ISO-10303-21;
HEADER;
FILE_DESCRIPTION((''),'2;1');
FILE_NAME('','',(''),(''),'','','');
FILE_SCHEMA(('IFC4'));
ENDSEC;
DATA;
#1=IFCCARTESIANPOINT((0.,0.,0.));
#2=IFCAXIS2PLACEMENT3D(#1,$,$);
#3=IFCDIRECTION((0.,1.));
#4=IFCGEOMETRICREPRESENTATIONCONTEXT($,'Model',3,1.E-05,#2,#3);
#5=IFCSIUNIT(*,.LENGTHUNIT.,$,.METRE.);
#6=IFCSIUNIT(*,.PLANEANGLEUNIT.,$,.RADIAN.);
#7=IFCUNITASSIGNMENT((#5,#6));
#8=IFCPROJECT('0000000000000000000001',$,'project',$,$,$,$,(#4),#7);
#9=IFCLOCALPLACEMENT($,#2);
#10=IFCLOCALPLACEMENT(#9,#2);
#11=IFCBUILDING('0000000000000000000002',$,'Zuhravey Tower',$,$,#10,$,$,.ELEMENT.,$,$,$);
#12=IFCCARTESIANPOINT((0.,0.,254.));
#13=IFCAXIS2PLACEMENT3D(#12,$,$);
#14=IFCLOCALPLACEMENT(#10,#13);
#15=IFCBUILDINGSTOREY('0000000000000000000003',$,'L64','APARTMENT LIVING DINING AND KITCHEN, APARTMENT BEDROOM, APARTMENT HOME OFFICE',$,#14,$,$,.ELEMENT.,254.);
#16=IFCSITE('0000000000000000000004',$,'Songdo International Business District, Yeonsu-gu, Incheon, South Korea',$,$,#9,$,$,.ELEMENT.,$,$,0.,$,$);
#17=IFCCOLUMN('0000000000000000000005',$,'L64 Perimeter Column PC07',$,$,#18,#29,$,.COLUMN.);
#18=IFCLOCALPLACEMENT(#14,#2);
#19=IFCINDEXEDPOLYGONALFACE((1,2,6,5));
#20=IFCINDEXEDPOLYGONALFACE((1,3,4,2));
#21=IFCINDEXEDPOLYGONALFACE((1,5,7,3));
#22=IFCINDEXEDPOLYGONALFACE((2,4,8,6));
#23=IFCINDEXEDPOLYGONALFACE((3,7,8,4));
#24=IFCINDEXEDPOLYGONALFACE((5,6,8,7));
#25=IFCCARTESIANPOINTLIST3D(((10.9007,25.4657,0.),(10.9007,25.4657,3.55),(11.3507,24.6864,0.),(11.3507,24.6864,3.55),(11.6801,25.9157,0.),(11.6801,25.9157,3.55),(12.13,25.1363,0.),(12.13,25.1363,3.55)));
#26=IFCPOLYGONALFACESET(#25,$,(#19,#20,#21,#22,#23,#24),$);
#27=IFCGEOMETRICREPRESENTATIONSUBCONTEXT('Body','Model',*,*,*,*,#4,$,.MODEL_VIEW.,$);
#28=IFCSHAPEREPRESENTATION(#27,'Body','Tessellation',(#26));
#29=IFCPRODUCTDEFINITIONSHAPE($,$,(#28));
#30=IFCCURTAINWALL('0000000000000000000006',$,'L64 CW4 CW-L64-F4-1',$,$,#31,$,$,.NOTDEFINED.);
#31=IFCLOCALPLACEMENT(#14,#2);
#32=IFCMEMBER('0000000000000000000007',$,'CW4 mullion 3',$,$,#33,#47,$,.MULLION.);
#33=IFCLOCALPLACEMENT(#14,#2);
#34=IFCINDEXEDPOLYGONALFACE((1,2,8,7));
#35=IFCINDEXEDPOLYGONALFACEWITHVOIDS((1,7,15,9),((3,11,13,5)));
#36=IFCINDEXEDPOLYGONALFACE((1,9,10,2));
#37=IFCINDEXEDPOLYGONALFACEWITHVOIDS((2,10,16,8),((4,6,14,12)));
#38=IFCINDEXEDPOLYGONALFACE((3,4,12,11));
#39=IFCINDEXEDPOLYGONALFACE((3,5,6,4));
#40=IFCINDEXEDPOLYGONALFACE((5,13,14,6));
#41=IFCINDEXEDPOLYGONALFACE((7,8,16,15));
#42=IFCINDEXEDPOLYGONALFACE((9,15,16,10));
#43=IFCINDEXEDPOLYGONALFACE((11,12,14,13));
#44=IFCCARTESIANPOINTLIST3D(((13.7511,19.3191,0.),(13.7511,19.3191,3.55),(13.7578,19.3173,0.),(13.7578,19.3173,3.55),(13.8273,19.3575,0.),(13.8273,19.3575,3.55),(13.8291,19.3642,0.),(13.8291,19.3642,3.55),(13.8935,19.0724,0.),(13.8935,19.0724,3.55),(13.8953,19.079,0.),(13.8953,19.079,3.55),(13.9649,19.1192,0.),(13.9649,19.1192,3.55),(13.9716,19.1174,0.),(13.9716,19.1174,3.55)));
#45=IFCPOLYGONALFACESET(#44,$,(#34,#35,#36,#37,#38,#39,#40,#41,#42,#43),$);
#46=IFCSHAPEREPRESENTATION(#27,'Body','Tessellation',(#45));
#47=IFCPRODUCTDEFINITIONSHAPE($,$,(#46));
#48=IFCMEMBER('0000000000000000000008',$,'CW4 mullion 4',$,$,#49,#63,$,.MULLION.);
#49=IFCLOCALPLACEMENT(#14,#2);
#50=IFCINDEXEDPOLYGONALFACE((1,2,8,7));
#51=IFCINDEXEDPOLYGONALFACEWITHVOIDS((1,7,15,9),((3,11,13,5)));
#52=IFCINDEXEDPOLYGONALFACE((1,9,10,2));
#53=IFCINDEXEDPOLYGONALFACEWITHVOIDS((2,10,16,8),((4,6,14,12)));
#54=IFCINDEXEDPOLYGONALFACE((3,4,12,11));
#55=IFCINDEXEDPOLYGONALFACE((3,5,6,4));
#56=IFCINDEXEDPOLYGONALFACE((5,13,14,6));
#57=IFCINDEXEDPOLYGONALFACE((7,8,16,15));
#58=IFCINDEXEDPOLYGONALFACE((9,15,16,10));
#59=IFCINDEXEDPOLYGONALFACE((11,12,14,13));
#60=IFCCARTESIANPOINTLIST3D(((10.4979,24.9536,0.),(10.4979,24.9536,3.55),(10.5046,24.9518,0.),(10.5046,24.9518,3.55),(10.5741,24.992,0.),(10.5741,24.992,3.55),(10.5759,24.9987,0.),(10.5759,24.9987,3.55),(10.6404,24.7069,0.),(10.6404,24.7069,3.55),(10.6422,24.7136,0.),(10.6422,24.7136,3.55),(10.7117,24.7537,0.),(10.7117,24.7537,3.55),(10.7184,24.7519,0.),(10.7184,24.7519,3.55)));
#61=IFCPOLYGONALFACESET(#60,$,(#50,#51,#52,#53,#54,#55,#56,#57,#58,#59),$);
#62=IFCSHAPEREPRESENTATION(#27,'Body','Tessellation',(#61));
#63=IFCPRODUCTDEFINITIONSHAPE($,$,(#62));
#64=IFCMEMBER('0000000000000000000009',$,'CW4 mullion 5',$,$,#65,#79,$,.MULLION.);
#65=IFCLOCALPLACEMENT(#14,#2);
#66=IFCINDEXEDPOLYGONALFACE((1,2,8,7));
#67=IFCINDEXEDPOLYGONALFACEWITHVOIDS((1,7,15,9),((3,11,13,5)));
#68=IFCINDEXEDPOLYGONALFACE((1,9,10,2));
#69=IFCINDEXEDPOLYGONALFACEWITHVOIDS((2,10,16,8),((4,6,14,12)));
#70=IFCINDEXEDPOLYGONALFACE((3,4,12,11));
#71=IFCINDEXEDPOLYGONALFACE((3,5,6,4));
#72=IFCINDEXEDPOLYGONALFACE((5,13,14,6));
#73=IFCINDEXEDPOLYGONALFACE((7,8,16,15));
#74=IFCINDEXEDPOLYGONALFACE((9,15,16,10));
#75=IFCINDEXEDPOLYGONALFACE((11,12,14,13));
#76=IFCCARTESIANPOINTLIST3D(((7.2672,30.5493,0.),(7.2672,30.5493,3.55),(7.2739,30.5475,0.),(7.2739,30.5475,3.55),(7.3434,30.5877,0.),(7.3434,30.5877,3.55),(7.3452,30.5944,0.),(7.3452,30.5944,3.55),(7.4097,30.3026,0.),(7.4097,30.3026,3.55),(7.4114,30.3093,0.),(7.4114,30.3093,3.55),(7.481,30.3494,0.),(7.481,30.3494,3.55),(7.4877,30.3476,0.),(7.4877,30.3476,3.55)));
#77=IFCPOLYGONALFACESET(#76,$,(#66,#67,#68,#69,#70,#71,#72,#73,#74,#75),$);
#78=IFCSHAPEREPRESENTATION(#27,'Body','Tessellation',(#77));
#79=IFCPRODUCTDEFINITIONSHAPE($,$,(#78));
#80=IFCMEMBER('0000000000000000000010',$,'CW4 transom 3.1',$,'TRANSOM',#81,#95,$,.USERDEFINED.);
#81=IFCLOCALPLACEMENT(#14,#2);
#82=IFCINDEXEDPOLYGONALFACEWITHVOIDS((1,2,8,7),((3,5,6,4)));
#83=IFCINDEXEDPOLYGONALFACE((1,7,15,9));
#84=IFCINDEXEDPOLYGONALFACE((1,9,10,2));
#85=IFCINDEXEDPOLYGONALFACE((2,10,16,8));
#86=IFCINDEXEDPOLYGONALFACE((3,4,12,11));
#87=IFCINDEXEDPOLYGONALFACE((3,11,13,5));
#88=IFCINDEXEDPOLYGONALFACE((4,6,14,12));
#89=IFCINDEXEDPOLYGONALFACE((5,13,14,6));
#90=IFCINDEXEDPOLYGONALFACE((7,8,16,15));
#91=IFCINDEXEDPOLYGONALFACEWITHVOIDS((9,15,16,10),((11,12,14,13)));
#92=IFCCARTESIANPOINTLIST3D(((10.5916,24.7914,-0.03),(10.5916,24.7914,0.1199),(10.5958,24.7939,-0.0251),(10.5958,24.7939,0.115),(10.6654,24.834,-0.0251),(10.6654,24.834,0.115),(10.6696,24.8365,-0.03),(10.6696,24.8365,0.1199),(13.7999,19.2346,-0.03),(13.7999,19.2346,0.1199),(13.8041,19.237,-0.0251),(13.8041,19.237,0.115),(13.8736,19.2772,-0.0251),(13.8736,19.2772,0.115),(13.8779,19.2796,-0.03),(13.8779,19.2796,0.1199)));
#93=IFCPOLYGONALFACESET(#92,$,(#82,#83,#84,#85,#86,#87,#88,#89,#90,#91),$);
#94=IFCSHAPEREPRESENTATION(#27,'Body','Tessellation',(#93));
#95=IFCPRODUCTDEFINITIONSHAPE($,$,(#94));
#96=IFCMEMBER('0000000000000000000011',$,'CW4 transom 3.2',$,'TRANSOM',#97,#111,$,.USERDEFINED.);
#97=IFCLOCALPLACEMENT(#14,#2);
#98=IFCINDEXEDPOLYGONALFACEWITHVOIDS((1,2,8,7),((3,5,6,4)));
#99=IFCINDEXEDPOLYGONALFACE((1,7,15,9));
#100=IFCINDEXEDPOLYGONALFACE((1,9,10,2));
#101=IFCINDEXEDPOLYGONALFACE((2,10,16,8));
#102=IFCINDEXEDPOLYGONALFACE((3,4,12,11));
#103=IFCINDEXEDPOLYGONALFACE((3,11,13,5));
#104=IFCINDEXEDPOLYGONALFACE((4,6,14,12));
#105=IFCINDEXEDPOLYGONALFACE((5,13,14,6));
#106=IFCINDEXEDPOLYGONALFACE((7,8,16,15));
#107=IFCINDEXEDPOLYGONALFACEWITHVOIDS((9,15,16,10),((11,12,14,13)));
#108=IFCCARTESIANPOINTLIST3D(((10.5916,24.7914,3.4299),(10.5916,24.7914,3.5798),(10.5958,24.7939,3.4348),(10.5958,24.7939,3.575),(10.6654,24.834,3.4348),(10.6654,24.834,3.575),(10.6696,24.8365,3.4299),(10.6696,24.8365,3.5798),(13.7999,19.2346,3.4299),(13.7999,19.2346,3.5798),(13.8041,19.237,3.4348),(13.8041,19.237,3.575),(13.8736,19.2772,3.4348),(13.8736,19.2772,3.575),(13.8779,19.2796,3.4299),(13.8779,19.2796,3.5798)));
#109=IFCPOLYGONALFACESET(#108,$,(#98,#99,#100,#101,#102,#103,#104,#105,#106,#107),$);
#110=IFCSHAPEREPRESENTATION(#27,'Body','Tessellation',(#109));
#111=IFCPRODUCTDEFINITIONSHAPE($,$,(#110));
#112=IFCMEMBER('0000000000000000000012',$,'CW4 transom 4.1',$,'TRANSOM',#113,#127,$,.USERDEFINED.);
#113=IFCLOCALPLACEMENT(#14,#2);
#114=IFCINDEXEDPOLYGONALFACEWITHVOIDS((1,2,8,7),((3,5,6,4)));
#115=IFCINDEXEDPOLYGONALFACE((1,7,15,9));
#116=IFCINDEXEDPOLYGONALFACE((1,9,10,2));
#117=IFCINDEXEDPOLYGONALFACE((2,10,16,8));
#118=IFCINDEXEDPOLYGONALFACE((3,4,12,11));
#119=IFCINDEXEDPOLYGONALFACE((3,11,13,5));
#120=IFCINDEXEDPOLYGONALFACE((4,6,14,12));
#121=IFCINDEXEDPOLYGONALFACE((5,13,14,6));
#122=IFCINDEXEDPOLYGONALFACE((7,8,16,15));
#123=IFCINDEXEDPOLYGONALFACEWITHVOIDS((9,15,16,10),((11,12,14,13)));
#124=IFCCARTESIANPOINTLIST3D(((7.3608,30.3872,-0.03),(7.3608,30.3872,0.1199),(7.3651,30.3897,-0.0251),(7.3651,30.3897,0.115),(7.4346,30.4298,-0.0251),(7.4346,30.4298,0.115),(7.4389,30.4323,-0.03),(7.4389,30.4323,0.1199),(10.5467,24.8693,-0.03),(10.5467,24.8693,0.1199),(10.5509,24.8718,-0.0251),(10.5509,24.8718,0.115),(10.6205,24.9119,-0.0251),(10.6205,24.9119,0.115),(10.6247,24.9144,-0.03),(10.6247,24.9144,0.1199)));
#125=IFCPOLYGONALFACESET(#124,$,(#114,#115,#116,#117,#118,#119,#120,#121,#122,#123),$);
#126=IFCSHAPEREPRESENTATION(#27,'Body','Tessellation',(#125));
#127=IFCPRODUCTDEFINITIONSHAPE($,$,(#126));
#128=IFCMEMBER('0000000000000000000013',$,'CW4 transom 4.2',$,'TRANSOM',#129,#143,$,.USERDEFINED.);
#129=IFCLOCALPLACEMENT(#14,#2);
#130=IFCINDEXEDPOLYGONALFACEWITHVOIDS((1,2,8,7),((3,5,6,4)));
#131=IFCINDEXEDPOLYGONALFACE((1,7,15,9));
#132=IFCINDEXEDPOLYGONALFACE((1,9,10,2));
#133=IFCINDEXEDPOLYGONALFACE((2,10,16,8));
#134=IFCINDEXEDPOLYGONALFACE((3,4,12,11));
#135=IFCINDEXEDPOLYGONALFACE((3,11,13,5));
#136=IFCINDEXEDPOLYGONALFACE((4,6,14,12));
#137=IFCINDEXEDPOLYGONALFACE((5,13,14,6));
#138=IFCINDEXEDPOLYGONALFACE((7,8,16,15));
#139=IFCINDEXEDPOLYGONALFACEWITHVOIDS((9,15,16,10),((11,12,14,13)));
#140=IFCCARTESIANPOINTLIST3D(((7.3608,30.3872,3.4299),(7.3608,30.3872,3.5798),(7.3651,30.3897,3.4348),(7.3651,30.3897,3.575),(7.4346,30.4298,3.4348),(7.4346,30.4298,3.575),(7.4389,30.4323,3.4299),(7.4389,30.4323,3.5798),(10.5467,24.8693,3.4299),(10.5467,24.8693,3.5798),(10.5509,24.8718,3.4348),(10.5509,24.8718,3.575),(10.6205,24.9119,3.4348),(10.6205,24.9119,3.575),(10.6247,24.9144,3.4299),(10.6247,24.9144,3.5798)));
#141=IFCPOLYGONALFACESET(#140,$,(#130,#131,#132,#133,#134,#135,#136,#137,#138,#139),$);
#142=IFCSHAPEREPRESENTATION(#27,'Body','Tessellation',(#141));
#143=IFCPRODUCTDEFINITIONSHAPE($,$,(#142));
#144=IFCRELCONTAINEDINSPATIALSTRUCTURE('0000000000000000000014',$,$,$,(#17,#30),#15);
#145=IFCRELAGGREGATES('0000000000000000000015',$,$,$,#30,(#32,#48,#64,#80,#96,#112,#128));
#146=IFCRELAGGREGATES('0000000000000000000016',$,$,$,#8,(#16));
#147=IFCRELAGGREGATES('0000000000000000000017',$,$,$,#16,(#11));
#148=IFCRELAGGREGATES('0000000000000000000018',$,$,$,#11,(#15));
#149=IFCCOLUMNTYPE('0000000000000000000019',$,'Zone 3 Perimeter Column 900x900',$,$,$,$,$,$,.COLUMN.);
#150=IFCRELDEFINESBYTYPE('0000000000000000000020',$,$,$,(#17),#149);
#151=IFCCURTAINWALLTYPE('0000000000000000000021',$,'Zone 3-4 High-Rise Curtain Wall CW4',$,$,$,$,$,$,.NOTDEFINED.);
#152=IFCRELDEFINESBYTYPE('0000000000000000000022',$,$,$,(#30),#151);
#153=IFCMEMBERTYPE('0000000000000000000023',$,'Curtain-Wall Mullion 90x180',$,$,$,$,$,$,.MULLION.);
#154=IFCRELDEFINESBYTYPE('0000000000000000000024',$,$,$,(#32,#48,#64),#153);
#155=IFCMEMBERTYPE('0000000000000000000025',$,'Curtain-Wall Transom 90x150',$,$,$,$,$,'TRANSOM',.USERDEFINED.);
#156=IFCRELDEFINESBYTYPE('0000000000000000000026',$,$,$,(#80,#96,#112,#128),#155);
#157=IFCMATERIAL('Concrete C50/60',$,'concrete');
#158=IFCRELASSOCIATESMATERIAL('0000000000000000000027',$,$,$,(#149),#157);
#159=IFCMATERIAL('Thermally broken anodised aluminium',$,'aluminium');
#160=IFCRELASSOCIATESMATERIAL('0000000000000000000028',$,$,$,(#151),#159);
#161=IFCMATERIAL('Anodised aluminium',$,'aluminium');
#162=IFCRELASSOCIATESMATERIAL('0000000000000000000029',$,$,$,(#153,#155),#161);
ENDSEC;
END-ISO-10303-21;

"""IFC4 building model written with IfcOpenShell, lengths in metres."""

from ifc_helpers import new_model, si_unit, direction, frame, origin, origin_2d, place, context, subcontext, project, spatial, rectangle, hollow_rectangle, extrude, material, material_profile, profile_set, type_object, element, aggregate, save


model = new_model("IFC4")

# Units and contexts
model_context = context("Model", 3, precision=1e-05, world=origin(), true_north=direction((0.0, 1.0)))
body_context = subcontext(model_context, "Body", "Model", "MODEL_VIEW")
ifc_project = project(units=[si_unit("LENGTHUNIT", "METRE"), si_unit("PLANEANGLEUNIT", "RADIAN")], contexts=[model_context])

# Site, building, storey
site_placement = place(None, origin())
site = spatial("IfcSite", under=ifc_project, at=site_placement, Name="Songdo International Business District, Yeonsu-gu, Incheon, South Korea", CompositionType="ELEMENT", RefElevation=0.0)
building_placement = place(site_placement, origin())
building = spatial("IfcBuilding", under=site, at=building_placement, Name="Zuhravey Tower", CompositionType="ELEMENT")
storey_placement = place(building_placement, frame((0.0, 0.0, 254.0)))
storey = spatial("IfcBuildingStorey", under=building, at=storey_placement, Name="L64", Description="APARTMENT LIVING DINING AND KITCHEN, APARTMENT BEDROOM, APARTMENT HOME OFFICE", CompositionType="ELEMENT", Elevation=254.0)

# Column
ifc_material_1 = material(Name="Concrete C50/60", Category="concrete")
ifc_material_profile_1 = material_profile(ifc_material_1, rectangle(XDim=0.8999, YDim=0.8999, at=origin_2d()), Name="RC-900x900")
ifc_profile_set_1 = profile_set([ifc_material_profile_1], Name="Concrete C50/60")
column_type = type_object("IfcColumnType", Name="Zone 3 Perimeter Column 900x900", PredefinedType="COLUMN", material=ifc_profile_set_1)
column_placement = place(storey_placement, frame((11.5154, 25.301, 0.0), z_axis=(0.0, 0.0, 1.0), x_axis=(0.5, -0.866025, 0.0)))
element("IfcColumn", 1, at=column_placement, inside=storey, type_object=column_type, Name="L64 Perimeter Column PC07", PredefinedType="COLUMN", context=body_context, shape_type="SweptSolid", body=[
    extrude(rectangle(XDim=0.8999, YDim=0.8999, at=origin_2d()), origin(), (0.0, 0.0, 1.0), 3.55),
])

# Curtain wall, members
ifc_material_2 = material(Name="Thermally broken anodised aluminium", Category="aluminium")
curtain_wall_type = type_object("IfcCurtainWallType", Name="Zone 3-4 High-Rise Curtain Wall CW4", PredefinedType="NOTDEFINED", material=ifc_material_2)
curtain_wall_placement = place(storey_placement, origin())
curtain_wall = element("IfcCurtainWall", 2, at=curtain_wall_placement, inside=storey, type_object=curtain_wall_type, Name="L64 CW4 CW-L64-F4-1", PredefinedType="NOTDEFINED")
ifc_material_3 = material(Name="Anodised aluminium", Category="aluminium")
ifc_material_profile_2 = material_profile(ifc_material_3, hollow_rectangle(XDim=0.0901, YDim=0.2849, WallThickness=0.0049, at=origin_2d()), Name="ALU-RHS-90x285x5")
ifc_profile_set_2 = profile_set([ifc_material_profile_2], Name="Anodised aluminium")
member_type_1 = type_object("IfcMemberType", Name="Curtain-Wall Mullion 90x180", PredefinedType="MULLION", material=ifc_profile_set_2)
member_1_placement = place(storey_placement, frame((13.8613, 19.2183, 0.0), z_axis=(0.0, 0.0, 1.0), x_axis=(-0.866025, -0.500001, 0.0)))
member_1 = element("IfcMember", 3, at=member_1_placement, type_object=member_type_1, Name="CW4 mullion 3", PredefinedType="MULLION", context=body_context, shape_type="SweptSolid", body=[
    extrude(hollow_rectangle(XDim=0.0901, YDim=0.2849, WallThickness=0.0049, at=origin_2d()), origin(), (0.0, 0.0, 1.0), 3.55),
])
member_2_placement = place(storey_placement, frame((10.6082, 24.8528, 0.0), z_axis=(0.0, 0.0, 1.0), x_axis=(-0.866025, -0.500001, 0.0)))
member_2 = element("IfcMember", 4, at=member_2_placement, type_object=member_type_1, Name="CW4 mullion 4", PredefinedType="MULLION", context=body_context, shape_type="SweptSolid", body=[
    extrude(hollow_rectangle(XDim=0.0901, YDim=0.2849, WallThickness=0.0049, at=origin_2d()), origin(), (0.0, 0.0, 1.0), 3.55),
])
member_3_placement = place(storey_placement, frame((7.3774, 30.4485, 0.0), z_axis=(0.0, 0.0, 1.0), x_axis=(-0.866025, -0.500001, 0.0)))
member_3 = element("IfcMember", 5, at=member_3_placement, type_object=member_type_1, Name="CW4 mullion 5", PredefinedType="MULLION", context=body_context, shape_type="SweptSolid", body=[
    extrude(hollow_rectangle(XDim=0.0901, YDim=0.2849, WallThickness=0.0049, at=origin_2d()), origin(), (0.0, 0.0, 1.0), 3.55),
])
ifc_material_profile_3 = material_profile(ifc_material_3, hollow_rectangle(XDim=0.0901, YDim=0.1499, WallThickness=0.0049, at=origin_2d()), Name="ALU-RHS-90x150x5")
ifc_profile_set_3 = profile_set([ifc_material_profile_3], Name="Anodised aluminium")
member_type_2 = type_object("IfcMemberType", Name="Curtain-Wall Transom 90x150", ElementType="TRANSOM", PredefinedType="USERDEFINED", material=ifc_profile_set_3)
member_4_placement = place(storey_placement, frame((13.8389, 19.2571, 0.0449), z_axis=(-0.499998, 0.866027, 0.0), x_axis=(-0.866027, -0.499998, 0.0)))
member_4 = element("IfcMember", 6, at=member_4_placement, type_object=member_type_2, Name="CW4 transom 3.1", ObjectType="TRANSOM", PredefinedType="USERDEFINED", context=body_context, shape_type="SweptSolid", body=[
    extrude(hollow_rectangle(XDim=0.0901, YDim=0.1499, WallThickness=0.0049, at=origin_2d()), origin(), (0.0, 0.0, 1.0), 6.4165),
])
member_5_placement = place(storey_placement, frame((13.8389, 19.2571, 3.5049), z_axis=(-0.499998, 0.866027, 0.0), x_axis=(-0.866027, -0.499998, 0.0)))
member_5 = element("IfcMember", 7, at=member_5_placement, type_object=member_type_2, Name="CW4 transom 3.2", ObjectType="TRANSOM", PredefinedType="USERDEFINED", context=body_context, shape_type="SweptSolid", body=[
    extrude(hollow_rectangle(XDim=0.0901, YDim=0.1499, WallThickness=0.0049, at=origin_2d()), origin(), (0.0, 0.0, 1.0), 6.4165),
])
member_6_placement = place(storey_placement, frame((10.5857, 24.8918, 0.0449), z_axis=(-0.500009, 0.86602, 0.0), x_axis=(-0.86602, -0.500009, 0.0)))
member_6 = element("IfcMember", 8, at=member_6_placement, type_object=member_type_2, Name="CW4 transom 4.1", ObjectType="TRANSOM", PredefinedType="USERDEFINED", context=body_context, shape_type="SweptSolid", body=[
    extrude(hollow_rectangle(XDim=0.0901, YDim=0.1499, WallThickness=0.0049, at=origin_2d()), origin(), (0.0, 0.0, 1.0), 6.3716),
])
member_7_placement = place(storey_placement, frame((10.5857, 24.8918, 3.5049), z_axis=(-0.500009, 0.86602, 0.0), x_axis=(-0.86602, -0.500009, 0.0)))
member_7 = element("IfcMember", 9, at=member_7_placement, type_object=member_type_2, Name="CW4 transom 4.2", ObjectType="TRANSOM", PredefinedType="USERDEFINED", context=body_context, shape_type="SweptSolid", body=[
    extrude(hollow_rectangle(XDim=0.0901, YDim=0.1499, WallThickness=0.0049, at=origin_2d()), origin(), (0.0, 0.0, 1.0), 6.3716),
])

aggregate(curtain_wall, [member_1, member_2, member_3, member_4, member_5, member_6, member_7])

save(model, "model.ifc")
